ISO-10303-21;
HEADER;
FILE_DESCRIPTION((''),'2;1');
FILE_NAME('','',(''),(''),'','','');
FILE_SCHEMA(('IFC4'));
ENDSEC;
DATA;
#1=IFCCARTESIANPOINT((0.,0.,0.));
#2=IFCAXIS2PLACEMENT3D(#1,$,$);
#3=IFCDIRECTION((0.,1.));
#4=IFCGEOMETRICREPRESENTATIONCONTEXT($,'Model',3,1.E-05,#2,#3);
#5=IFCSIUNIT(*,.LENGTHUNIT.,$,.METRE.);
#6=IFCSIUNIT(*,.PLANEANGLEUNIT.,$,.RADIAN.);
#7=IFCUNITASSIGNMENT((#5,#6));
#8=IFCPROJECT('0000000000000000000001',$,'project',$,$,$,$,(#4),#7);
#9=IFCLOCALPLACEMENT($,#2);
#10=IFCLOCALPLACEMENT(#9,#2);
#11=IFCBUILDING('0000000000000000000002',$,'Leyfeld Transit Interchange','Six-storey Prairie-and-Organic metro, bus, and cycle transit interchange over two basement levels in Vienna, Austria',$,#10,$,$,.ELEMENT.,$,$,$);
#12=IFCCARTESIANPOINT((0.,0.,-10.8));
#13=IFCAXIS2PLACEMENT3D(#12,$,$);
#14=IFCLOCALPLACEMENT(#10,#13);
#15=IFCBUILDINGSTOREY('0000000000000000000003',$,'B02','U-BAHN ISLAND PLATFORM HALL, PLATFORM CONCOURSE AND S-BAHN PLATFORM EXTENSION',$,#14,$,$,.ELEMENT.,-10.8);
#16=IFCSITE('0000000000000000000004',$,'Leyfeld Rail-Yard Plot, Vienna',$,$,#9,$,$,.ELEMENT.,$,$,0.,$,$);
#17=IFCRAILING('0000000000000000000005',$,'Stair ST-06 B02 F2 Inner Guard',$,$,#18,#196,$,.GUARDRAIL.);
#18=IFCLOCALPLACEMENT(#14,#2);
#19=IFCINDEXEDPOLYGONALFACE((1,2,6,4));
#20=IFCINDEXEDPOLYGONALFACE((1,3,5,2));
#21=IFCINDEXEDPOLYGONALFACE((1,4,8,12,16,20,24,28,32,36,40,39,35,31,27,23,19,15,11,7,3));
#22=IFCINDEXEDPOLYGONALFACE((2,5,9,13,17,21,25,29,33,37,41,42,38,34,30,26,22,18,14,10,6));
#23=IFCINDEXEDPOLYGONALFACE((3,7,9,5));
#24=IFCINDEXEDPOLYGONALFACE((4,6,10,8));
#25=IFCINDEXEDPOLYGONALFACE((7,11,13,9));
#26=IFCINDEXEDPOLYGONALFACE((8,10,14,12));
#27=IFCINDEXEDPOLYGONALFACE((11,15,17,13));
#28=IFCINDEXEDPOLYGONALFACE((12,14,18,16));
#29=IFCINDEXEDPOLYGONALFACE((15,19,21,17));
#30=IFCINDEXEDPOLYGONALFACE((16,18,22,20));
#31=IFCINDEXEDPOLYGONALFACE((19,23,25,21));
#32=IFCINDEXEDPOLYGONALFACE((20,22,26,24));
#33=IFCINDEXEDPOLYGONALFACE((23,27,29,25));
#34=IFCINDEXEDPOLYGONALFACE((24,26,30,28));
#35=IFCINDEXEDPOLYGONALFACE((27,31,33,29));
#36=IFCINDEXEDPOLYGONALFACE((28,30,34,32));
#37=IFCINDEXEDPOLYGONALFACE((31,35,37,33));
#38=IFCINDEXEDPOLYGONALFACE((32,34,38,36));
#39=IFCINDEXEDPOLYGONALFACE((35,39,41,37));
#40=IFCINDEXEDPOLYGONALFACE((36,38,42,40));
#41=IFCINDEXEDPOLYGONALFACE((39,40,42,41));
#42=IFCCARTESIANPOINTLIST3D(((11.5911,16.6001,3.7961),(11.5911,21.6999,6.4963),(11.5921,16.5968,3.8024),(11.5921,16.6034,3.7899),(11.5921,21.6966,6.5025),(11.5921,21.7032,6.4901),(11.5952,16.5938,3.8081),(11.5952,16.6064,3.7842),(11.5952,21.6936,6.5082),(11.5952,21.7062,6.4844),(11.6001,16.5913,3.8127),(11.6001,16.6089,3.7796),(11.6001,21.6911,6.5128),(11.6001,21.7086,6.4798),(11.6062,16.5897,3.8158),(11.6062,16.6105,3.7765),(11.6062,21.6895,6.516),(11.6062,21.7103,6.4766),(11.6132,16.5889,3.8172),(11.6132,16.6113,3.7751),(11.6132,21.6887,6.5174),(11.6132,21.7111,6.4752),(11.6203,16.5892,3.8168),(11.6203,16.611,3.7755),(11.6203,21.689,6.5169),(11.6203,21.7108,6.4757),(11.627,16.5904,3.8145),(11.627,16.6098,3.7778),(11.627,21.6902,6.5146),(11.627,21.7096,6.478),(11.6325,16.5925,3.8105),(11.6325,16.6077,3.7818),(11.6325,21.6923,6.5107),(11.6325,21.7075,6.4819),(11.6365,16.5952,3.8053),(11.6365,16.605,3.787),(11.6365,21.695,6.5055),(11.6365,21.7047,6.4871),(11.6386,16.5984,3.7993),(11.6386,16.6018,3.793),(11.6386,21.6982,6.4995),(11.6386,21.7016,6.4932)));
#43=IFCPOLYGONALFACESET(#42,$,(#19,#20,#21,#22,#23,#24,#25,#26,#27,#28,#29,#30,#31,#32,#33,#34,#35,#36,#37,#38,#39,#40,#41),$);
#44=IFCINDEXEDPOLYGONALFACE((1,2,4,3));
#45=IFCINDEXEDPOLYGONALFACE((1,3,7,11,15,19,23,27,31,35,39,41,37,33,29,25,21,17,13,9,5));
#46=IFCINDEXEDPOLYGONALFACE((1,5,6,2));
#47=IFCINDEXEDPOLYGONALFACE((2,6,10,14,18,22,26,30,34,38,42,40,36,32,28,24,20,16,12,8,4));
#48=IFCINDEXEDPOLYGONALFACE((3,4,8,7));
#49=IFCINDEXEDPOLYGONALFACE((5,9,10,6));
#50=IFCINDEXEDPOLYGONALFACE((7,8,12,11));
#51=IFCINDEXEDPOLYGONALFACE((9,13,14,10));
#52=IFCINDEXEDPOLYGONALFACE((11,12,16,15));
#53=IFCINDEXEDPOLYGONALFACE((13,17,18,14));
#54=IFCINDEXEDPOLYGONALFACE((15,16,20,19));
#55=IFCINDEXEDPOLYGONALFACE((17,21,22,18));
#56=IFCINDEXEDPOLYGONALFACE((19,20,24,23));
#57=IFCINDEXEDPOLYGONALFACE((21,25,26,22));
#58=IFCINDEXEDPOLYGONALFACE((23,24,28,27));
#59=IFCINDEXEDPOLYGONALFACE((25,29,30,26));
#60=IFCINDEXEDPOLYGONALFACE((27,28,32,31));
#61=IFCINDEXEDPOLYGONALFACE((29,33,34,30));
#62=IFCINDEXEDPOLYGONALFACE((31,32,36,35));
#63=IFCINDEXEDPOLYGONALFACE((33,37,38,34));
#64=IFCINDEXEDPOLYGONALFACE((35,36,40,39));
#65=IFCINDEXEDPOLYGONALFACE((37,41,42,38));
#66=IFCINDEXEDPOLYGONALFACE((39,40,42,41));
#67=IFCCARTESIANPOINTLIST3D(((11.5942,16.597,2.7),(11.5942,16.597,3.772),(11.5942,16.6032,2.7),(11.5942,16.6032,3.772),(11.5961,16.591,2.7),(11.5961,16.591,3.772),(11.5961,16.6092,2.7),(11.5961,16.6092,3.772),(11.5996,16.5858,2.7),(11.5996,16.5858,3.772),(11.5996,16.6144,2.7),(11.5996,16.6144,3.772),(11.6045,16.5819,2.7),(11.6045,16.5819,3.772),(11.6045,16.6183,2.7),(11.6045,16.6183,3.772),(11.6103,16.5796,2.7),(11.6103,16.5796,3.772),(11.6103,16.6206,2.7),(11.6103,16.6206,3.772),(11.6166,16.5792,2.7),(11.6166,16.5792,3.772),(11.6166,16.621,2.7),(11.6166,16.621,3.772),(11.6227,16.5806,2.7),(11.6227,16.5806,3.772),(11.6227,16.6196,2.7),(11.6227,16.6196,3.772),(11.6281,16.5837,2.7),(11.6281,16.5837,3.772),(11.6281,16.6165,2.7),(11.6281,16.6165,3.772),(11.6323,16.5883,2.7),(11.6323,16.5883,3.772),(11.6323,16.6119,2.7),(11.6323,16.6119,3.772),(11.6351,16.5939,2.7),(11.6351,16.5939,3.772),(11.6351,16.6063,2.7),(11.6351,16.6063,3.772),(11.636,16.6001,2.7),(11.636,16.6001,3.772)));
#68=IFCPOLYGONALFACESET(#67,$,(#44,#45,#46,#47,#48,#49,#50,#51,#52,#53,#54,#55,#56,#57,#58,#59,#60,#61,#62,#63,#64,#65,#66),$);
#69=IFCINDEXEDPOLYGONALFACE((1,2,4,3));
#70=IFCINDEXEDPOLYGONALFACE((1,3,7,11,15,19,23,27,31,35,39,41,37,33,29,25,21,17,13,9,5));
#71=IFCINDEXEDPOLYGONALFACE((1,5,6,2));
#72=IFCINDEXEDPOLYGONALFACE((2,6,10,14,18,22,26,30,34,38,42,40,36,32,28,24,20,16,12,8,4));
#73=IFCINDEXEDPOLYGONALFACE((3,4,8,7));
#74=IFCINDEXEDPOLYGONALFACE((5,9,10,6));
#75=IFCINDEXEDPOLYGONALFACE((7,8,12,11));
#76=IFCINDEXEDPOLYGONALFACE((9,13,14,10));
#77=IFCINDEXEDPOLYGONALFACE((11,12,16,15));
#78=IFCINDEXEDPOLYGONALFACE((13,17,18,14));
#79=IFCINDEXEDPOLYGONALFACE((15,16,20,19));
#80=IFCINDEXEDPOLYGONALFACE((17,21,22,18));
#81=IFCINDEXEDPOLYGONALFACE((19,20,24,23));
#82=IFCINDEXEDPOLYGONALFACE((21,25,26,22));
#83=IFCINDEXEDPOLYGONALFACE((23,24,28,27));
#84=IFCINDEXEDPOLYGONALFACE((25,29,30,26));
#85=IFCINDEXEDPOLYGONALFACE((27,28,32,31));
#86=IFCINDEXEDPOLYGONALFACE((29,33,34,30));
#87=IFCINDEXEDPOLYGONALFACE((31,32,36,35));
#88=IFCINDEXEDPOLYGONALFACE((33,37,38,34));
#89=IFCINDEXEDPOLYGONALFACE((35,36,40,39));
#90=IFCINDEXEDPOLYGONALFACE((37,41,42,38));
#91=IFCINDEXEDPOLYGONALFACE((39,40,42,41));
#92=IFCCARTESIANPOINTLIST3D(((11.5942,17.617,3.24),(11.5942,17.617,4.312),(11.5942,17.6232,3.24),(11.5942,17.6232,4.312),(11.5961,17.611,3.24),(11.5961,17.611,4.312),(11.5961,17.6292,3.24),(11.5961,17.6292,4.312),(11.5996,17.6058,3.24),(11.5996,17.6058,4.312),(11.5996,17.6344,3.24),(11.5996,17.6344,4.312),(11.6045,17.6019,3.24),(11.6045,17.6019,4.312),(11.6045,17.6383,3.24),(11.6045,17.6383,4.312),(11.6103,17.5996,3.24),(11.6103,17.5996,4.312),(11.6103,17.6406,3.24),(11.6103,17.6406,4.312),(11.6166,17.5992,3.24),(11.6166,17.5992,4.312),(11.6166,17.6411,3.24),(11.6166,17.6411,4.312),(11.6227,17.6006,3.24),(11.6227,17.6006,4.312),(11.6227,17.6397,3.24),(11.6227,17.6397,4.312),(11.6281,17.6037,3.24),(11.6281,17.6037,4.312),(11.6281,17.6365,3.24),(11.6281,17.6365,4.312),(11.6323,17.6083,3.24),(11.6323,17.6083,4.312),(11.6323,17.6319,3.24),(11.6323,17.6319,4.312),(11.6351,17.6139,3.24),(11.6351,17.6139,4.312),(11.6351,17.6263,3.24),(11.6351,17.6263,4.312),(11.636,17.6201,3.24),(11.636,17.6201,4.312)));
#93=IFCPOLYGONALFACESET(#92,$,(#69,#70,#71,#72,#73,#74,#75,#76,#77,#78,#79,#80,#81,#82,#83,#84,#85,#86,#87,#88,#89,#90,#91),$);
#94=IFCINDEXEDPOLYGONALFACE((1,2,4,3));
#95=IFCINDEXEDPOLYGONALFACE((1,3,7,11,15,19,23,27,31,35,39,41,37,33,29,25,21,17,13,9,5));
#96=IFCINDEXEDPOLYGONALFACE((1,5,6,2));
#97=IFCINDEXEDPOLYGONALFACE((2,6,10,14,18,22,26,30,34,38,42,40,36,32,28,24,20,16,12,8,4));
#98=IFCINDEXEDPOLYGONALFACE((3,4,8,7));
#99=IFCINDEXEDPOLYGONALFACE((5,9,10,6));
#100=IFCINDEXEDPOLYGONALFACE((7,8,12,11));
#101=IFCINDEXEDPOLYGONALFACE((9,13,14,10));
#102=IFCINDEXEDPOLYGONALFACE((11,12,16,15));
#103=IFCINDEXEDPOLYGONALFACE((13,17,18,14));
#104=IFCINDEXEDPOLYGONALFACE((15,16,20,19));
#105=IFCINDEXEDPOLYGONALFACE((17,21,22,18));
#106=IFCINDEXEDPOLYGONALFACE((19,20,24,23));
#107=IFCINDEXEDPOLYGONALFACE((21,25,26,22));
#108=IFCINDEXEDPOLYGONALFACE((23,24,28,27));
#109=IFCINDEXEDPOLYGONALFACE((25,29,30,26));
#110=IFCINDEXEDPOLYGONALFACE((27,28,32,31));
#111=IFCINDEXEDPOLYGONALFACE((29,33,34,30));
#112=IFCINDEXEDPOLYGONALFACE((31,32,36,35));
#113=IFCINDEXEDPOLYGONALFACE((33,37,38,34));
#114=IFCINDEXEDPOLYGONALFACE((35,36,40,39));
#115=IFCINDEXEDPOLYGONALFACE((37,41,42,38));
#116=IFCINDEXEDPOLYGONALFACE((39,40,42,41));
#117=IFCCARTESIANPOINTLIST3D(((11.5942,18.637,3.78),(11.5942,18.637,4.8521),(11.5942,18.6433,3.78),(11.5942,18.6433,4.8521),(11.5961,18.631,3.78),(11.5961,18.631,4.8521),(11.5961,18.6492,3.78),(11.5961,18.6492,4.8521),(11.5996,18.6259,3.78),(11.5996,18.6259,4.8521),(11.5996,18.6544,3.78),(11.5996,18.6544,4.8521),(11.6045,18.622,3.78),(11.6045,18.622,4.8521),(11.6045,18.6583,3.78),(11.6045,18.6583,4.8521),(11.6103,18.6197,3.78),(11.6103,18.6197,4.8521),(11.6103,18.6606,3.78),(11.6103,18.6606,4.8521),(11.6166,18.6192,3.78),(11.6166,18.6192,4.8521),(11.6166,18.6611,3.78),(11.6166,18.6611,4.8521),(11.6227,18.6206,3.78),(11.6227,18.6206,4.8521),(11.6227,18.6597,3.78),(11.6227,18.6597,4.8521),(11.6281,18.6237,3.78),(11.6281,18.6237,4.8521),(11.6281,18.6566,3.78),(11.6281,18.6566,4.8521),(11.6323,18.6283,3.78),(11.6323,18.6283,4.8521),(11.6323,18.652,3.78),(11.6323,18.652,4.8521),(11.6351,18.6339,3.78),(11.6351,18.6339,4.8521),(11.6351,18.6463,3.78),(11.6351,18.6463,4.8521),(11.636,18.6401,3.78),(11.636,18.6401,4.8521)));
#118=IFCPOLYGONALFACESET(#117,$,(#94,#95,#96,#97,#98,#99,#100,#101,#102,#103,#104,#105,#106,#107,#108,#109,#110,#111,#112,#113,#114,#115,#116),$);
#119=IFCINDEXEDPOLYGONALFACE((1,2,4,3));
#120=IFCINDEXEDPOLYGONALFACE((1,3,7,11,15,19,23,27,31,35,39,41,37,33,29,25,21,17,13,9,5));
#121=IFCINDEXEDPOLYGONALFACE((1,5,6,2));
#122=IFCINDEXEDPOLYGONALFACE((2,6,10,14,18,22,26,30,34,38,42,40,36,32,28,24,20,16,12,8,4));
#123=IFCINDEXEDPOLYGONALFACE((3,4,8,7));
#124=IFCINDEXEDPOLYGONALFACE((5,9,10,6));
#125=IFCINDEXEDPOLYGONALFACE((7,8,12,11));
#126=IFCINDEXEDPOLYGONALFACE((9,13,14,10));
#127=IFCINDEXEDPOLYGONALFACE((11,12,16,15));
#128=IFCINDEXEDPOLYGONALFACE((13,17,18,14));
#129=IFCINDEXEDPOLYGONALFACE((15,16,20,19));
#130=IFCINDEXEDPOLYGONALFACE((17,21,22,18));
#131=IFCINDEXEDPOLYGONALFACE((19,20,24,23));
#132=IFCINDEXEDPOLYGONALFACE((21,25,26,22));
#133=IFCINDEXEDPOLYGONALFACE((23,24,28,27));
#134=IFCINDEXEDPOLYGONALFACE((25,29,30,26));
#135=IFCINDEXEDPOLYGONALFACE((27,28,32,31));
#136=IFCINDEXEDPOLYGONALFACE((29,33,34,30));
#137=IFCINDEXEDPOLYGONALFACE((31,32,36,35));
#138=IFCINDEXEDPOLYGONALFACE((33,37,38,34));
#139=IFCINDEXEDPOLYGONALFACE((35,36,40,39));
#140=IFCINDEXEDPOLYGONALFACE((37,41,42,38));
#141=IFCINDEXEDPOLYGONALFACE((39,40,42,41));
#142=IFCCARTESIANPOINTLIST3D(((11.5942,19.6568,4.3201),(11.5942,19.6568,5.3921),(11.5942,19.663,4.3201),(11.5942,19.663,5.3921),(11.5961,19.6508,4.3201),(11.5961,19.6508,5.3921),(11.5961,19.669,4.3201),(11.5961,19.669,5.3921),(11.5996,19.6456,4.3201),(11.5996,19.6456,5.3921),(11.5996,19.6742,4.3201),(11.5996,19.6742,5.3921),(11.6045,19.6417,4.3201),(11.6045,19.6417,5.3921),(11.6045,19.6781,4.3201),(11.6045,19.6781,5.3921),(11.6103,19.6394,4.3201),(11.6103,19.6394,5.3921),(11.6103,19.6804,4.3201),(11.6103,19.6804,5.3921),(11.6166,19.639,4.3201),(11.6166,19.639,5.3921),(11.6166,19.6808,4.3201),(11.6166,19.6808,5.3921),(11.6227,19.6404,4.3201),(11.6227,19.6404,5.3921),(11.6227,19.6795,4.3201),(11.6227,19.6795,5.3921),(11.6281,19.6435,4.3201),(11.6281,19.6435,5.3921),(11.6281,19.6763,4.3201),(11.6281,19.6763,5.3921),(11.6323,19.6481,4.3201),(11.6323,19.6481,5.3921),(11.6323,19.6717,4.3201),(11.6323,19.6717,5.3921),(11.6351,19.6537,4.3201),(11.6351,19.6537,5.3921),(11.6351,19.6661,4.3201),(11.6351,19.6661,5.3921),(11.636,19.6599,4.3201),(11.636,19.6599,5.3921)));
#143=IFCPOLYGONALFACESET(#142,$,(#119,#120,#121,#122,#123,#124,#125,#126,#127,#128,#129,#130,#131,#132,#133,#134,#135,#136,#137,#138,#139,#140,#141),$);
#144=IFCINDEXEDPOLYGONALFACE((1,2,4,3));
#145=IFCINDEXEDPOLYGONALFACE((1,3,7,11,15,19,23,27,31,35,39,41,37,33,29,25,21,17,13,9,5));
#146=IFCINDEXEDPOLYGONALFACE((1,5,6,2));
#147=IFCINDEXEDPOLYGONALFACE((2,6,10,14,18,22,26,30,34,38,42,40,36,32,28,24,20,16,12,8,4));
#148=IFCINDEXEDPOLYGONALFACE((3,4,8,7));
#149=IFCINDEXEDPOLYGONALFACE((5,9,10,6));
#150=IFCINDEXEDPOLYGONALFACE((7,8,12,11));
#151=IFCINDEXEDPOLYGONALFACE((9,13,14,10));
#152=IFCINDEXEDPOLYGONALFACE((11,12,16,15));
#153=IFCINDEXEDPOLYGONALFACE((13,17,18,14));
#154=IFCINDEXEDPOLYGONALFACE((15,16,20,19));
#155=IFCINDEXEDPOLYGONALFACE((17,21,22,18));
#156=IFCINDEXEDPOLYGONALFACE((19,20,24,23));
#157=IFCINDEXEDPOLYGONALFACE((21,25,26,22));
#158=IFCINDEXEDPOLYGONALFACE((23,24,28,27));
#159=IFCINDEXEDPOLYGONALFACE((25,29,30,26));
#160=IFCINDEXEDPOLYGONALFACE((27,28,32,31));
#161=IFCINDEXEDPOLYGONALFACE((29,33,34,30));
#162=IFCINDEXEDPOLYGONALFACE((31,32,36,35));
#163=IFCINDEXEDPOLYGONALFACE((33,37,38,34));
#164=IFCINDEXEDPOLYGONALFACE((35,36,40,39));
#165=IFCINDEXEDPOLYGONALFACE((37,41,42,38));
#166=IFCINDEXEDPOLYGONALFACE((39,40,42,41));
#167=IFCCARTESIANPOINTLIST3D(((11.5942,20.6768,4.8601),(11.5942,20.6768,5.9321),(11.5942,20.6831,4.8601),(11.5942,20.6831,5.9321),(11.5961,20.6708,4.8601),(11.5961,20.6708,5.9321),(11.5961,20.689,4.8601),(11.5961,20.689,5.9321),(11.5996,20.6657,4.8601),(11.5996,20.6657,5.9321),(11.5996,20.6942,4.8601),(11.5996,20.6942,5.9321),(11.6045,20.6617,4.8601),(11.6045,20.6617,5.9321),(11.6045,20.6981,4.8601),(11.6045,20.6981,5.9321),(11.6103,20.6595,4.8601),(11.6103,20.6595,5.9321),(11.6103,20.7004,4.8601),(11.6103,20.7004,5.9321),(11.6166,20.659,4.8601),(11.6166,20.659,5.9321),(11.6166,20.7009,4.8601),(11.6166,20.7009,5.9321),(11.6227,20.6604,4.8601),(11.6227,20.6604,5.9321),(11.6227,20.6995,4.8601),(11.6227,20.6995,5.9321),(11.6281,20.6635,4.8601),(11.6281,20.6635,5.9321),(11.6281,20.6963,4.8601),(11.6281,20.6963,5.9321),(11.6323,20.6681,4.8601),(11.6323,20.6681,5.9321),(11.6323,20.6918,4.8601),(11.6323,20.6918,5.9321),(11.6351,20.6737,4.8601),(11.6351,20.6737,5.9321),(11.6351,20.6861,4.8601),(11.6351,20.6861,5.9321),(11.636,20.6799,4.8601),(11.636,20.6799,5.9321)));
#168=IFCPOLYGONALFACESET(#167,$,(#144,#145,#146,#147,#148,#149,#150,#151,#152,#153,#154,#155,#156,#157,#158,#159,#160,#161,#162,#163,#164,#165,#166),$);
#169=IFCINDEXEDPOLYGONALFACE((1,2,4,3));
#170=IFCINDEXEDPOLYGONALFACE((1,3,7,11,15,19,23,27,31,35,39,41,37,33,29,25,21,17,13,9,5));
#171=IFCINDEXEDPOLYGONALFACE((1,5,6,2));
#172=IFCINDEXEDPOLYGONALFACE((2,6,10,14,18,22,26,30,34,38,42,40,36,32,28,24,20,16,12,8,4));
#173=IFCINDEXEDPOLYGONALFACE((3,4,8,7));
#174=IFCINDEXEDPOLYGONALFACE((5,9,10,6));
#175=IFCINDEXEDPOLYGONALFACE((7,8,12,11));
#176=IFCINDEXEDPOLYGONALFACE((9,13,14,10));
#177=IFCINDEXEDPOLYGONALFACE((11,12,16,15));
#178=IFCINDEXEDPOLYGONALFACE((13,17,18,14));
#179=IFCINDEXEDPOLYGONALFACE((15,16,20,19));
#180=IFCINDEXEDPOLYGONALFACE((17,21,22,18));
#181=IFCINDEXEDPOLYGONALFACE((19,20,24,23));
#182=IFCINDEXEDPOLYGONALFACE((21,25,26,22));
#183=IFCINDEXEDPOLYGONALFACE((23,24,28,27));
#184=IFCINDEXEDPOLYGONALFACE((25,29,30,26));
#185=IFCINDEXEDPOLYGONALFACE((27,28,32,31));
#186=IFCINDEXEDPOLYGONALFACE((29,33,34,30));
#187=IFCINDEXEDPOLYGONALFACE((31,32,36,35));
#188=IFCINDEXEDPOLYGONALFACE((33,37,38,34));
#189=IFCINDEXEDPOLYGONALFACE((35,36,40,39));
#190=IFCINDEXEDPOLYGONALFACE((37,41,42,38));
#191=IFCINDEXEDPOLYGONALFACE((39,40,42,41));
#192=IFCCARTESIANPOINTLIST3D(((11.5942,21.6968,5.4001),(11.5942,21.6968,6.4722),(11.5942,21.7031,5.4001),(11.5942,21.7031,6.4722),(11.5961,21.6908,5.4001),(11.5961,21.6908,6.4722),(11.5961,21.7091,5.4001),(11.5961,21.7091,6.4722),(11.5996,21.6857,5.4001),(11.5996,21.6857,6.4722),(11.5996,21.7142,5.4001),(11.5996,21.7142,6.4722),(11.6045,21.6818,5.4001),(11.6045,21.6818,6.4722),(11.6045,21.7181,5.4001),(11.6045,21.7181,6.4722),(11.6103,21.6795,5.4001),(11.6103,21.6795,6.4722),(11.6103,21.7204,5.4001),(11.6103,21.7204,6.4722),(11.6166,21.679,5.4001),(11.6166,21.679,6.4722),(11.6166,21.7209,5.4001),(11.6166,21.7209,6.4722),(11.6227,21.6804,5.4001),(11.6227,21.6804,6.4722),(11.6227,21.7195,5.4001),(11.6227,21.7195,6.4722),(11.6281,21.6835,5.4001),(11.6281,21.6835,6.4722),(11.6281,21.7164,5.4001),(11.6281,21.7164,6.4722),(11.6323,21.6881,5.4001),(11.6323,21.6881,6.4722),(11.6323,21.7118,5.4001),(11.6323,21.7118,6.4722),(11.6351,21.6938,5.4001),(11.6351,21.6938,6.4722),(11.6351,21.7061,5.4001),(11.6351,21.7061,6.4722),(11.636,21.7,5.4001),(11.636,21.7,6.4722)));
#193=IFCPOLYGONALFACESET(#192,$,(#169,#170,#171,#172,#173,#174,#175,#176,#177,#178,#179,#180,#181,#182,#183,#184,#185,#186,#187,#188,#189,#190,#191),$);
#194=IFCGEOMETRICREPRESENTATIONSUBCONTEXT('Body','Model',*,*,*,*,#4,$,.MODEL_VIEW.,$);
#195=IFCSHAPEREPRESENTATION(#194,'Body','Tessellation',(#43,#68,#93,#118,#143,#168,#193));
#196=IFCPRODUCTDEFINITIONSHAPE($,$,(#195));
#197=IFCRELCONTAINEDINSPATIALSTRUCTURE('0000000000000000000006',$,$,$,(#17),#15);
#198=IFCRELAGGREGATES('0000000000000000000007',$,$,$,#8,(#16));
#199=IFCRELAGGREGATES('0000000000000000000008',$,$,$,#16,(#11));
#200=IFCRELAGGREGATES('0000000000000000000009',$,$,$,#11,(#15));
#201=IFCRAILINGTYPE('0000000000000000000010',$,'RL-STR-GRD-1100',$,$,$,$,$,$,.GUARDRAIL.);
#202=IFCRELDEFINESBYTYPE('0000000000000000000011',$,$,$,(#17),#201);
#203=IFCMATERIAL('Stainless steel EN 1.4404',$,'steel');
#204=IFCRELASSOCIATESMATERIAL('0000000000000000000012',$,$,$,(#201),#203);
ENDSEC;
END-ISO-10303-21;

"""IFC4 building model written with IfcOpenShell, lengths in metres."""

from ifc_helpers import new_model, si_unit, direction, frame, origin, origin_2d, place, context, subcontext, project, spatial, circle, extrude, material, type_object, element, save


model = new_model("IFC4")

# Units and contexts
model_context = context("Model", 3, precision=1e-05, world=origin(), true_north=direction((0.0, 1.0)))
body_context = subcontext(model_context, "Body", "Model", "MODEL_VIEW")
ifc_project = project(units=[si_unit("LENGTHUNIT", "METRE"), si_unit("PLANEANGLEUNIT", "RADIAN")], contexts=[model_context])

# Site, building, storey
site_placement = place(None, origin())
site = spatial("IfcSite", under=ifc_project, at=site_placement, Name="Leyfeld Rail-Yard Plot, Vienna", CompositionType="ELEMENT", RefElevation=0.0)
building_placement = place(site_placement, origin())
building = spatial("IfcBuilding", under=site, at=building_placement, Name="Leyfeld Transit Interchange", Description="Six-storey Prairie-and-Organic metro, bus, and cycle transit interchange over two basement levels in Vienna, Austria", CompositionType="ELEMENT")
storey_placement = place(building_placement, frame((0.0, 0.0, -10.8)))
storey = spatial("IfcBuildingStorey", under=building, at=storey_placement, Name="B02", Description="U-BAHN ISLAND PLATFORM HALL, PLATFORM CONCOURSE AND S-BAHN PLATFORM EXTENSION", CompositionType="ELEMENT", Elevation=-10.8)

# Railing
ifc_material_1 = material(Name="Stainless steel EN 1.4404", Category="steel")
railing_type_1 = type_object("IfcRailingType", Name="RL-STR-GRD-1100", PredefinedType="GUARDRAIL", material=ifc_material_1)
for number, where, name in (
    (1, (11.615, 16.6001, 2.7), "Stair ST-06 B02 F2 Inner Guard"),
):
    element("IfcRailing", number, at=place(storey_placement, frame(where)), inside=storey, type_object=railing_type_1, Name=name, PredefinedType="GUARDRAIL", context=body_context, shape_type="SweptSolid", body=[
        extrude(circle(Radius=0.0239, at=origin_2d()), frame((0.0, 0.0, 1.0962), z_axis=(0.0, 0.883768, 0.467925), x_axis=(-1.0, 0.0, 0.0)), (0.0, 0.0, 1.0), 5.7705),
        extrude(circle(Radius=0.021, at=origin_2d()), origin(), (0.0, 0.0, 1.0), 1.072),
        extrude(circle(Radius=0.021, at=origin_2d()), frame((0.0, 1.02, 0.54)), (0.0, 0.0, 1.0), 1.072),
        extrude(circle(Radius=0.021, at=origin_2d()), frame((0.0, 2.04, 1.0801)), (0.0, 0.0, 1.0), 1.072),
        extrude(circle(Radius=0.021, at=origin_2d()), frame((0.0, 3.0598, 1.6201)), (0.0, 0.0, 1.0), 1.072),
        extrude(circle(Radius=0.021, at=origin_2d()), frame((0.0, 4.0798, 2.1602)), (0.0, 0.0, 1.0), 1.072),
        extrude(circle(Radius=0.021, at=origin_2d()), frame((0.0, 5.0999, 2.7002)), (0.0, 0.0, 1.0), 1.072),
    ])

save(model, "model.ifc")
